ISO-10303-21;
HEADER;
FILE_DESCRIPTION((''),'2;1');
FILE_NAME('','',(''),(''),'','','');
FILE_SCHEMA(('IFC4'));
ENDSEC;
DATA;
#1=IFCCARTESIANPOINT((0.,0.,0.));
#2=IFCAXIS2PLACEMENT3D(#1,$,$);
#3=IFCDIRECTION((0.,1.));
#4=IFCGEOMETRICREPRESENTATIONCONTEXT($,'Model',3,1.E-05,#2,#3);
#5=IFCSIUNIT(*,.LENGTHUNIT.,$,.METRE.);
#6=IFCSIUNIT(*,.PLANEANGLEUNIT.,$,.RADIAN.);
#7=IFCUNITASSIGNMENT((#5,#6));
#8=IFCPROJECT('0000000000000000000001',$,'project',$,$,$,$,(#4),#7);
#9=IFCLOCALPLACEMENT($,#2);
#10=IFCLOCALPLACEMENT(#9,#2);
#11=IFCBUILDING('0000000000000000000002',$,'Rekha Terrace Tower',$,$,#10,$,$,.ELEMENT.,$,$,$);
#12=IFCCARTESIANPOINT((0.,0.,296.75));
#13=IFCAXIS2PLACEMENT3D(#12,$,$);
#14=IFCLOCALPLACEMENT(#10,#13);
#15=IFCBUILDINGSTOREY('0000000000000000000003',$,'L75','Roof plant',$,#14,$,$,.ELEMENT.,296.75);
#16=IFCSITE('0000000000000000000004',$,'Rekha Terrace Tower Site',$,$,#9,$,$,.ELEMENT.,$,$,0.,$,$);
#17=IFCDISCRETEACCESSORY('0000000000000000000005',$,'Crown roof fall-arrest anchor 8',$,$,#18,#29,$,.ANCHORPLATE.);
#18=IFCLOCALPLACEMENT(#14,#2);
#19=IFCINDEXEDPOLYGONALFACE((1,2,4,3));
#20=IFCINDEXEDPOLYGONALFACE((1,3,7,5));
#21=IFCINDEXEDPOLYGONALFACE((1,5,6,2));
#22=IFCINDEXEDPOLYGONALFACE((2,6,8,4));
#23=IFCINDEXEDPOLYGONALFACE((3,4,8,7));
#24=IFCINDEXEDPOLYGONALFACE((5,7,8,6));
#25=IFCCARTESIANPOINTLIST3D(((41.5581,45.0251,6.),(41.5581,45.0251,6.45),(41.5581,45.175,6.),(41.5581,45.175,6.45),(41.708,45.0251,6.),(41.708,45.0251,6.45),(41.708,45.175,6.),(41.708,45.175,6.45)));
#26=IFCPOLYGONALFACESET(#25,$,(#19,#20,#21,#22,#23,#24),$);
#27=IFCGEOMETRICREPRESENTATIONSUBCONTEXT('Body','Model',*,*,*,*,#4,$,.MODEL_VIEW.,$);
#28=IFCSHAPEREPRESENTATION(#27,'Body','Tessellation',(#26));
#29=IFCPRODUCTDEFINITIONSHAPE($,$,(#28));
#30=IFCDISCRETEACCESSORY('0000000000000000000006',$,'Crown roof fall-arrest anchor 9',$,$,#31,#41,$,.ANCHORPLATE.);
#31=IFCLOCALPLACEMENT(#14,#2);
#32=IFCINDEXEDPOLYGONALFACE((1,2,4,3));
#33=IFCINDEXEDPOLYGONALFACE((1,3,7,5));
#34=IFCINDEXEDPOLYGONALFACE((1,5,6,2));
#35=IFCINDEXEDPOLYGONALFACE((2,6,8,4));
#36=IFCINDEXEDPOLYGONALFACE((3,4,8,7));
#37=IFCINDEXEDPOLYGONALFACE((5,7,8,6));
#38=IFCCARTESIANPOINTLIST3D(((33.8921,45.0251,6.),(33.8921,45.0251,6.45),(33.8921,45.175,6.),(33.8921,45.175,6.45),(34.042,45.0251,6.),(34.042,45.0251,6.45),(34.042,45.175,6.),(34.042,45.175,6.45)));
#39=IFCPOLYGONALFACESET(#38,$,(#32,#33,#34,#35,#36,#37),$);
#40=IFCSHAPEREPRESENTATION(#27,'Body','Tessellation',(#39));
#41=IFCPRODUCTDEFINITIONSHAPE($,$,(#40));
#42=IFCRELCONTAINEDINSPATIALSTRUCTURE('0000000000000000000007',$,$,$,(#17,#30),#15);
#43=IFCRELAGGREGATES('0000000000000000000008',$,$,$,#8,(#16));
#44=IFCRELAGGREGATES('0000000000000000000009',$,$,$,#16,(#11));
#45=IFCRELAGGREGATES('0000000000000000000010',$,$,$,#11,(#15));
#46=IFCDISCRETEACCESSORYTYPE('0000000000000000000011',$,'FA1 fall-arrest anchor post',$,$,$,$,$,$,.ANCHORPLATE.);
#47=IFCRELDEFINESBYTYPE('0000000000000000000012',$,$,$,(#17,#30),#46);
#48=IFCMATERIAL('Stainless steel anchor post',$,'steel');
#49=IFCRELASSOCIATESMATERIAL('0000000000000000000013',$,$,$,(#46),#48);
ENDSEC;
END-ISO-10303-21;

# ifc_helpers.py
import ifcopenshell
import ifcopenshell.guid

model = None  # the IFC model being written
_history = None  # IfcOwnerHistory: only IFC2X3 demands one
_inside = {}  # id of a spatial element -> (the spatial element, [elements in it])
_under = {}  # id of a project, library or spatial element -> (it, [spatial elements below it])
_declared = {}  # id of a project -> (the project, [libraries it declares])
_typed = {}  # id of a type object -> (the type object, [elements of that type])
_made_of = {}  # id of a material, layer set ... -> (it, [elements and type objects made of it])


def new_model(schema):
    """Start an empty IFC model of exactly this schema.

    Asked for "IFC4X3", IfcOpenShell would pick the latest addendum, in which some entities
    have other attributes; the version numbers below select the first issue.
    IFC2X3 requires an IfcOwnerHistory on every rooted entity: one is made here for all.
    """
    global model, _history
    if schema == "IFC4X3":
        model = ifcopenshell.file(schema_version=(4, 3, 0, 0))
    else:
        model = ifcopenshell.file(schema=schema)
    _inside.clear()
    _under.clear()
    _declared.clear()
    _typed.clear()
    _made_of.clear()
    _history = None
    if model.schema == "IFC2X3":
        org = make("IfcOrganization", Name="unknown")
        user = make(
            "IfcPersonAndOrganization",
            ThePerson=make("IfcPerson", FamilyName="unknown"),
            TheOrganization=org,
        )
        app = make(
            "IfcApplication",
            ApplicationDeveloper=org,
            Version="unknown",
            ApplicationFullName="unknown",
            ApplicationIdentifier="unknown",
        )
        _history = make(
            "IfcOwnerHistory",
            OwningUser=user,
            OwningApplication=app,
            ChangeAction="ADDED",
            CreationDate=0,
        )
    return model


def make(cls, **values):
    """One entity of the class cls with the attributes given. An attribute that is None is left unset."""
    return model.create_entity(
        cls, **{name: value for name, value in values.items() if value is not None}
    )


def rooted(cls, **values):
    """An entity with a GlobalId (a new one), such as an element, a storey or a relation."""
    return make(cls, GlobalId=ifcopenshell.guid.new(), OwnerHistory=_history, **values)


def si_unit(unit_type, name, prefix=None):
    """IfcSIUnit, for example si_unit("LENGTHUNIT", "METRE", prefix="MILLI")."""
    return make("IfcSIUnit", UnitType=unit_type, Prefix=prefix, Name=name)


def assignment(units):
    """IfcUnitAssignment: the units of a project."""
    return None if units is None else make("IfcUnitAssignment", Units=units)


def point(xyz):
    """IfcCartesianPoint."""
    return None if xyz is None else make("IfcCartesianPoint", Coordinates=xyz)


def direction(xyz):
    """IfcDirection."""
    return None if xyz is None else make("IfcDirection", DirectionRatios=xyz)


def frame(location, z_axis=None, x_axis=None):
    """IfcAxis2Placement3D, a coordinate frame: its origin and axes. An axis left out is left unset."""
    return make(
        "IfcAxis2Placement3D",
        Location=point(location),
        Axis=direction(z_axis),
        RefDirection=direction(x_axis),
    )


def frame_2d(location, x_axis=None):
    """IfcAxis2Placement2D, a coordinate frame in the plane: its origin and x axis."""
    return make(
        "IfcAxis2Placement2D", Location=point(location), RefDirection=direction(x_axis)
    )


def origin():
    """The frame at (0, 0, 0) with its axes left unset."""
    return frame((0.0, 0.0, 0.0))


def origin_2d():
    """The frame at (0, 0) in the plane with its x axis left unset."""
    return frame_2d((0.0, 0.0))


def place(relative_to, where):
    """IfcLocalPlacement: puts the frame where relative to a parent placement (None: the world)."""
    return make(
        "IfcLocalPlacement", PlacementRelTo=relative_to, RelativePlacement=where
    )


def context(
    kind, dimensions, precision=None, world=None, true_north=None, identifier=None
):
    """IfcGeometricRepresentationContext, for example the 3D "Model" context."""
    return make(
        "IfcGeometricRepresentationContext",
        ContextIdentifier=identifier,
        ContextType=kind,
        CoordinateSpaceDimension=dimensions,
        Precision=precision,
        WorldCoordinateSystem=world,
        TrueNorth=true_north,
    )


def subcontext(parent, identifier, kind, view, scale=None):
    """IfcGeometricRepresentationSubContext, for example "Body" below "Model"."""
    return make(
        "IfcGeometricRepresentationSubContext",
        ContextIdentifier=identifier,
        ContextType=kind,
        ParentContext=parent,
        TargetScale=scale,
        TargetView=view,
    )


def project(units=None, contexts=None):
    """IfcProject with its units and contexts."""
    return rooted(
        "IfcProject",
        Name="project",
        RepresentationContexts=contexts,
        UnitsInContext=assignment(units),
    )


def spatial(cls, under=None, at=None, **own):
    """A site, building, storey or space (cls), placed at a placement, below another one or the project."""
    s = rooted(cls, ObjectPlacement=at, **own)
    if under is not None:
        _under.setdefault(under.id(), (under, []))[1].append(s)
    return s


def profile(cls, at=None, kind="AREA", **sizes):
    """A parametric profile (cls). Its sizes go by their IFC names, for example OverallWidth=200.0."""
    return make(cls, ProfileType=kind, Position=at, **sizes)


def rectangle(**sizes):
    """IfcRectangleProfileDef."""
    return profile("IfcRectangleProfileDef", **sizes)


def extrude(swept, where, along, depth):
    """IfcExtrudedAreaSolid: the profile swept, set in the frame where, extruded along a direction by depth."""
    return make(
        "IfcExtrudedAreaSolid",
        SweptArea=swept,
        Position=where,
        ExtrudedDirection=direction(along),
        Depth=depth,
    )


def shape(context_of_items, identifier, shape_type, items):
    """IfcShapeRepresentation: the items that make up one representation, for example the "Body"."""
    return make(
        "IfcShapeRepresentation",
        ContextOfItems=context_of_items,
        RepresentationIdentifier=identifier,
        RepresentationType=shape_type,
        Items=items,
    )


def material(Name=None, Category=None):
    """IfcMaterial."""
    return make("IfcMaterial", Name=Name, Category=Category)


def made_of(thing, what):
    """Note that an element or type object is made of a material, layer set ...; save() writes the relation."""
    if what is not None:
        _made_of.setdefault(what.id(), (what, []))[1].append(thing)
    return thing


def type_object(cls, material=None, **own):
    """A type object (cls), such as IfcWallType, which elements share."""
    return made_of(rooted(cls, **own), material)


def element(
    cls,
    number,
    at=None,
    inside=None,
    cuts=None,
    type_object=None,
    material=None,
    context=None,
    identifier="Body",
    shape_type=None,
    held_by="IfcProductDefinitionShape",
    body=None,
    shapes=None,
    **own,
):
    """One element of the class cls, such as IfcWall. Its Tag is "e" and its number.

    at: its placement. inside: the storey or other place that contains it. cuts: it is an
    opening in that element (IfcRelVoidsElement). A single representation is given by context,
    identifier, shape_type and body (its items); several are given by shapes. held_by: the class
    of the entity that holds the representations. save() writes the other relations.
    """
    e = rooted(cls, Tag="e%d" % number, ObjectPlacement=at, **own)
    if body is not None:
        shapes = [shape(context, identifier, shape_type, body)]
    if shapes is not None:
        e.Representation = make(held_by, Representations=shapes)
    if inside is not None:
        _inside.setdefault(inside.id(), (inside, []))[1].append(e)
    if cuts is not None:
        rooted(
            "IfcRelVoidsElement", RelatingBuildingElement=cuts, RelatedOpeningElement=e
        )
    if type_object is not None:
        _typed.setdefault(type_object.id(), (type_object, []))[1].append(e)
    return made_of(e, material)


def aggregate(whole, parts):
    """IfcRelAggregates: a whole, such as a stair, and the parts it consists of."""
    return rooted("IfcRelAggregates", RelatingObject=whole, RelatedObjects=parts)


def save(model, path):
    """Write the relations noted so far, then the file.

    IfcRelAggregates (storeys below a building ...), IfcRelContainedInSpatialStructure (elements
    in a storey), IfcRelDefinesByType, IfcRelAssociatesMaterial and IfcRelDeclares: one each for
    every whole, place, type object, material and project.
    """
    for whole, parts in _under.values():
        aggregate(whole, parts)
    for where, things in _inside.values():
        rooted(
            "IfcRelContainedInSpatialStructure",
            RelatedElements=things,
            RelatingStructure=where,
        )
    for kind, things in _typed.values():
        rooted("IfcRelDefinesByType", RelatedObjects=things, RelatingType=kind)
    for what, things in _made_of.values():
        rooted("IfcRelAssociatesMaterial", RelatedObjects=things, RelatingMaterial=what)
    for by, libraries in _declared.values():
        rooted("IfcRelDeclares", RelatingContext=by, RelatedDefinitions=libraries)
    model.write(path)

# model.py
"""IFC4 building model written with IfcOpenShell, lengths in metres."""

from ifc_helpers import new_model, si_unit, direction, frame, origin, origin_2d, place, context, subcontext, project, spatial, rectangle, extrude, material, type_object, element, save


model = new_model("IFC4")

# Units and contexts
model_context = context("Model", 3, precision=1e-05, world=origin(), true_north=direction((0.0, 1.0)))
body_context = subcontext(model_context, "Body", "Model", "MODEL_VIEW")
ifc_project = project(units=[si_unit("LENGTHUNIT", "METRE"), si_unit("PLANEANGLEUNIT", "RADIAN")], contexts=[model_context])

# Site, building, storey
site_placement = place(None, origin())
site = spatial("IfcSite", under=ifc_project, at=site_placement, Name="Rekha Terrace Tower Site", CompositionType="ELEMENT", RefElevation=0.0)
building_placement = place(site_placement, origin())
building = spatial("IfcBuilding", under=site, at=building_placement, Name="Rekha Terrace Tower", CompositionType="ELEMENT")
storey_placement = place(building_placement, frame((0.0, 0.0, 296.75)))
storey = spatial("IfcBuildingStorey", under=building, at=storey_placement, Name="L75", Description="Roof plant", CompositionType="ELEMENT", Elevation=296.75)

# Discrete accessories
ifc_material_1 = material(Name="Stainless steel anchor post", Category="steel")
discrete_accessory_type_1 = type_object("IfcDiscreteAccessoryType", Name="FA1 fall-arrest anchor post", PredefinedType="ANCHORPLATE", material=ifc_material_1)
for number, where, z_axis, x_axis, name in (
    (1, (41.6331, 45.1001, 6.0), (0.0, 0.0, 1.0), (1.0, 0.0, 0.0), "Crown roof fall-arrest anchor 8"),
    (2, (33.967, 45.1001, 6.0), (0.0, 0.0, 1.0), (1.0, 0.0, 0.0), "Crown roof fall-arrest anchor 9"),
):
    element("IfcDiscreteAccessory", number, at=place(storey_placement, frame(where, z_axis=z_axis, x_axis=x_axis)), inside=storey, type_object=discrete_accessory_type_1, Name=name, PredefinedType="ANCHORPLATE", context=body_context, shape_type="SweptSolid", body=[
        extrude(rectangle(XDim=0.1499, YDim=0.1499, at=origin_2d()), origin(), (0.0, 0.0, 1.0), 0.45),
    ])

save(model, "model.ifc")
